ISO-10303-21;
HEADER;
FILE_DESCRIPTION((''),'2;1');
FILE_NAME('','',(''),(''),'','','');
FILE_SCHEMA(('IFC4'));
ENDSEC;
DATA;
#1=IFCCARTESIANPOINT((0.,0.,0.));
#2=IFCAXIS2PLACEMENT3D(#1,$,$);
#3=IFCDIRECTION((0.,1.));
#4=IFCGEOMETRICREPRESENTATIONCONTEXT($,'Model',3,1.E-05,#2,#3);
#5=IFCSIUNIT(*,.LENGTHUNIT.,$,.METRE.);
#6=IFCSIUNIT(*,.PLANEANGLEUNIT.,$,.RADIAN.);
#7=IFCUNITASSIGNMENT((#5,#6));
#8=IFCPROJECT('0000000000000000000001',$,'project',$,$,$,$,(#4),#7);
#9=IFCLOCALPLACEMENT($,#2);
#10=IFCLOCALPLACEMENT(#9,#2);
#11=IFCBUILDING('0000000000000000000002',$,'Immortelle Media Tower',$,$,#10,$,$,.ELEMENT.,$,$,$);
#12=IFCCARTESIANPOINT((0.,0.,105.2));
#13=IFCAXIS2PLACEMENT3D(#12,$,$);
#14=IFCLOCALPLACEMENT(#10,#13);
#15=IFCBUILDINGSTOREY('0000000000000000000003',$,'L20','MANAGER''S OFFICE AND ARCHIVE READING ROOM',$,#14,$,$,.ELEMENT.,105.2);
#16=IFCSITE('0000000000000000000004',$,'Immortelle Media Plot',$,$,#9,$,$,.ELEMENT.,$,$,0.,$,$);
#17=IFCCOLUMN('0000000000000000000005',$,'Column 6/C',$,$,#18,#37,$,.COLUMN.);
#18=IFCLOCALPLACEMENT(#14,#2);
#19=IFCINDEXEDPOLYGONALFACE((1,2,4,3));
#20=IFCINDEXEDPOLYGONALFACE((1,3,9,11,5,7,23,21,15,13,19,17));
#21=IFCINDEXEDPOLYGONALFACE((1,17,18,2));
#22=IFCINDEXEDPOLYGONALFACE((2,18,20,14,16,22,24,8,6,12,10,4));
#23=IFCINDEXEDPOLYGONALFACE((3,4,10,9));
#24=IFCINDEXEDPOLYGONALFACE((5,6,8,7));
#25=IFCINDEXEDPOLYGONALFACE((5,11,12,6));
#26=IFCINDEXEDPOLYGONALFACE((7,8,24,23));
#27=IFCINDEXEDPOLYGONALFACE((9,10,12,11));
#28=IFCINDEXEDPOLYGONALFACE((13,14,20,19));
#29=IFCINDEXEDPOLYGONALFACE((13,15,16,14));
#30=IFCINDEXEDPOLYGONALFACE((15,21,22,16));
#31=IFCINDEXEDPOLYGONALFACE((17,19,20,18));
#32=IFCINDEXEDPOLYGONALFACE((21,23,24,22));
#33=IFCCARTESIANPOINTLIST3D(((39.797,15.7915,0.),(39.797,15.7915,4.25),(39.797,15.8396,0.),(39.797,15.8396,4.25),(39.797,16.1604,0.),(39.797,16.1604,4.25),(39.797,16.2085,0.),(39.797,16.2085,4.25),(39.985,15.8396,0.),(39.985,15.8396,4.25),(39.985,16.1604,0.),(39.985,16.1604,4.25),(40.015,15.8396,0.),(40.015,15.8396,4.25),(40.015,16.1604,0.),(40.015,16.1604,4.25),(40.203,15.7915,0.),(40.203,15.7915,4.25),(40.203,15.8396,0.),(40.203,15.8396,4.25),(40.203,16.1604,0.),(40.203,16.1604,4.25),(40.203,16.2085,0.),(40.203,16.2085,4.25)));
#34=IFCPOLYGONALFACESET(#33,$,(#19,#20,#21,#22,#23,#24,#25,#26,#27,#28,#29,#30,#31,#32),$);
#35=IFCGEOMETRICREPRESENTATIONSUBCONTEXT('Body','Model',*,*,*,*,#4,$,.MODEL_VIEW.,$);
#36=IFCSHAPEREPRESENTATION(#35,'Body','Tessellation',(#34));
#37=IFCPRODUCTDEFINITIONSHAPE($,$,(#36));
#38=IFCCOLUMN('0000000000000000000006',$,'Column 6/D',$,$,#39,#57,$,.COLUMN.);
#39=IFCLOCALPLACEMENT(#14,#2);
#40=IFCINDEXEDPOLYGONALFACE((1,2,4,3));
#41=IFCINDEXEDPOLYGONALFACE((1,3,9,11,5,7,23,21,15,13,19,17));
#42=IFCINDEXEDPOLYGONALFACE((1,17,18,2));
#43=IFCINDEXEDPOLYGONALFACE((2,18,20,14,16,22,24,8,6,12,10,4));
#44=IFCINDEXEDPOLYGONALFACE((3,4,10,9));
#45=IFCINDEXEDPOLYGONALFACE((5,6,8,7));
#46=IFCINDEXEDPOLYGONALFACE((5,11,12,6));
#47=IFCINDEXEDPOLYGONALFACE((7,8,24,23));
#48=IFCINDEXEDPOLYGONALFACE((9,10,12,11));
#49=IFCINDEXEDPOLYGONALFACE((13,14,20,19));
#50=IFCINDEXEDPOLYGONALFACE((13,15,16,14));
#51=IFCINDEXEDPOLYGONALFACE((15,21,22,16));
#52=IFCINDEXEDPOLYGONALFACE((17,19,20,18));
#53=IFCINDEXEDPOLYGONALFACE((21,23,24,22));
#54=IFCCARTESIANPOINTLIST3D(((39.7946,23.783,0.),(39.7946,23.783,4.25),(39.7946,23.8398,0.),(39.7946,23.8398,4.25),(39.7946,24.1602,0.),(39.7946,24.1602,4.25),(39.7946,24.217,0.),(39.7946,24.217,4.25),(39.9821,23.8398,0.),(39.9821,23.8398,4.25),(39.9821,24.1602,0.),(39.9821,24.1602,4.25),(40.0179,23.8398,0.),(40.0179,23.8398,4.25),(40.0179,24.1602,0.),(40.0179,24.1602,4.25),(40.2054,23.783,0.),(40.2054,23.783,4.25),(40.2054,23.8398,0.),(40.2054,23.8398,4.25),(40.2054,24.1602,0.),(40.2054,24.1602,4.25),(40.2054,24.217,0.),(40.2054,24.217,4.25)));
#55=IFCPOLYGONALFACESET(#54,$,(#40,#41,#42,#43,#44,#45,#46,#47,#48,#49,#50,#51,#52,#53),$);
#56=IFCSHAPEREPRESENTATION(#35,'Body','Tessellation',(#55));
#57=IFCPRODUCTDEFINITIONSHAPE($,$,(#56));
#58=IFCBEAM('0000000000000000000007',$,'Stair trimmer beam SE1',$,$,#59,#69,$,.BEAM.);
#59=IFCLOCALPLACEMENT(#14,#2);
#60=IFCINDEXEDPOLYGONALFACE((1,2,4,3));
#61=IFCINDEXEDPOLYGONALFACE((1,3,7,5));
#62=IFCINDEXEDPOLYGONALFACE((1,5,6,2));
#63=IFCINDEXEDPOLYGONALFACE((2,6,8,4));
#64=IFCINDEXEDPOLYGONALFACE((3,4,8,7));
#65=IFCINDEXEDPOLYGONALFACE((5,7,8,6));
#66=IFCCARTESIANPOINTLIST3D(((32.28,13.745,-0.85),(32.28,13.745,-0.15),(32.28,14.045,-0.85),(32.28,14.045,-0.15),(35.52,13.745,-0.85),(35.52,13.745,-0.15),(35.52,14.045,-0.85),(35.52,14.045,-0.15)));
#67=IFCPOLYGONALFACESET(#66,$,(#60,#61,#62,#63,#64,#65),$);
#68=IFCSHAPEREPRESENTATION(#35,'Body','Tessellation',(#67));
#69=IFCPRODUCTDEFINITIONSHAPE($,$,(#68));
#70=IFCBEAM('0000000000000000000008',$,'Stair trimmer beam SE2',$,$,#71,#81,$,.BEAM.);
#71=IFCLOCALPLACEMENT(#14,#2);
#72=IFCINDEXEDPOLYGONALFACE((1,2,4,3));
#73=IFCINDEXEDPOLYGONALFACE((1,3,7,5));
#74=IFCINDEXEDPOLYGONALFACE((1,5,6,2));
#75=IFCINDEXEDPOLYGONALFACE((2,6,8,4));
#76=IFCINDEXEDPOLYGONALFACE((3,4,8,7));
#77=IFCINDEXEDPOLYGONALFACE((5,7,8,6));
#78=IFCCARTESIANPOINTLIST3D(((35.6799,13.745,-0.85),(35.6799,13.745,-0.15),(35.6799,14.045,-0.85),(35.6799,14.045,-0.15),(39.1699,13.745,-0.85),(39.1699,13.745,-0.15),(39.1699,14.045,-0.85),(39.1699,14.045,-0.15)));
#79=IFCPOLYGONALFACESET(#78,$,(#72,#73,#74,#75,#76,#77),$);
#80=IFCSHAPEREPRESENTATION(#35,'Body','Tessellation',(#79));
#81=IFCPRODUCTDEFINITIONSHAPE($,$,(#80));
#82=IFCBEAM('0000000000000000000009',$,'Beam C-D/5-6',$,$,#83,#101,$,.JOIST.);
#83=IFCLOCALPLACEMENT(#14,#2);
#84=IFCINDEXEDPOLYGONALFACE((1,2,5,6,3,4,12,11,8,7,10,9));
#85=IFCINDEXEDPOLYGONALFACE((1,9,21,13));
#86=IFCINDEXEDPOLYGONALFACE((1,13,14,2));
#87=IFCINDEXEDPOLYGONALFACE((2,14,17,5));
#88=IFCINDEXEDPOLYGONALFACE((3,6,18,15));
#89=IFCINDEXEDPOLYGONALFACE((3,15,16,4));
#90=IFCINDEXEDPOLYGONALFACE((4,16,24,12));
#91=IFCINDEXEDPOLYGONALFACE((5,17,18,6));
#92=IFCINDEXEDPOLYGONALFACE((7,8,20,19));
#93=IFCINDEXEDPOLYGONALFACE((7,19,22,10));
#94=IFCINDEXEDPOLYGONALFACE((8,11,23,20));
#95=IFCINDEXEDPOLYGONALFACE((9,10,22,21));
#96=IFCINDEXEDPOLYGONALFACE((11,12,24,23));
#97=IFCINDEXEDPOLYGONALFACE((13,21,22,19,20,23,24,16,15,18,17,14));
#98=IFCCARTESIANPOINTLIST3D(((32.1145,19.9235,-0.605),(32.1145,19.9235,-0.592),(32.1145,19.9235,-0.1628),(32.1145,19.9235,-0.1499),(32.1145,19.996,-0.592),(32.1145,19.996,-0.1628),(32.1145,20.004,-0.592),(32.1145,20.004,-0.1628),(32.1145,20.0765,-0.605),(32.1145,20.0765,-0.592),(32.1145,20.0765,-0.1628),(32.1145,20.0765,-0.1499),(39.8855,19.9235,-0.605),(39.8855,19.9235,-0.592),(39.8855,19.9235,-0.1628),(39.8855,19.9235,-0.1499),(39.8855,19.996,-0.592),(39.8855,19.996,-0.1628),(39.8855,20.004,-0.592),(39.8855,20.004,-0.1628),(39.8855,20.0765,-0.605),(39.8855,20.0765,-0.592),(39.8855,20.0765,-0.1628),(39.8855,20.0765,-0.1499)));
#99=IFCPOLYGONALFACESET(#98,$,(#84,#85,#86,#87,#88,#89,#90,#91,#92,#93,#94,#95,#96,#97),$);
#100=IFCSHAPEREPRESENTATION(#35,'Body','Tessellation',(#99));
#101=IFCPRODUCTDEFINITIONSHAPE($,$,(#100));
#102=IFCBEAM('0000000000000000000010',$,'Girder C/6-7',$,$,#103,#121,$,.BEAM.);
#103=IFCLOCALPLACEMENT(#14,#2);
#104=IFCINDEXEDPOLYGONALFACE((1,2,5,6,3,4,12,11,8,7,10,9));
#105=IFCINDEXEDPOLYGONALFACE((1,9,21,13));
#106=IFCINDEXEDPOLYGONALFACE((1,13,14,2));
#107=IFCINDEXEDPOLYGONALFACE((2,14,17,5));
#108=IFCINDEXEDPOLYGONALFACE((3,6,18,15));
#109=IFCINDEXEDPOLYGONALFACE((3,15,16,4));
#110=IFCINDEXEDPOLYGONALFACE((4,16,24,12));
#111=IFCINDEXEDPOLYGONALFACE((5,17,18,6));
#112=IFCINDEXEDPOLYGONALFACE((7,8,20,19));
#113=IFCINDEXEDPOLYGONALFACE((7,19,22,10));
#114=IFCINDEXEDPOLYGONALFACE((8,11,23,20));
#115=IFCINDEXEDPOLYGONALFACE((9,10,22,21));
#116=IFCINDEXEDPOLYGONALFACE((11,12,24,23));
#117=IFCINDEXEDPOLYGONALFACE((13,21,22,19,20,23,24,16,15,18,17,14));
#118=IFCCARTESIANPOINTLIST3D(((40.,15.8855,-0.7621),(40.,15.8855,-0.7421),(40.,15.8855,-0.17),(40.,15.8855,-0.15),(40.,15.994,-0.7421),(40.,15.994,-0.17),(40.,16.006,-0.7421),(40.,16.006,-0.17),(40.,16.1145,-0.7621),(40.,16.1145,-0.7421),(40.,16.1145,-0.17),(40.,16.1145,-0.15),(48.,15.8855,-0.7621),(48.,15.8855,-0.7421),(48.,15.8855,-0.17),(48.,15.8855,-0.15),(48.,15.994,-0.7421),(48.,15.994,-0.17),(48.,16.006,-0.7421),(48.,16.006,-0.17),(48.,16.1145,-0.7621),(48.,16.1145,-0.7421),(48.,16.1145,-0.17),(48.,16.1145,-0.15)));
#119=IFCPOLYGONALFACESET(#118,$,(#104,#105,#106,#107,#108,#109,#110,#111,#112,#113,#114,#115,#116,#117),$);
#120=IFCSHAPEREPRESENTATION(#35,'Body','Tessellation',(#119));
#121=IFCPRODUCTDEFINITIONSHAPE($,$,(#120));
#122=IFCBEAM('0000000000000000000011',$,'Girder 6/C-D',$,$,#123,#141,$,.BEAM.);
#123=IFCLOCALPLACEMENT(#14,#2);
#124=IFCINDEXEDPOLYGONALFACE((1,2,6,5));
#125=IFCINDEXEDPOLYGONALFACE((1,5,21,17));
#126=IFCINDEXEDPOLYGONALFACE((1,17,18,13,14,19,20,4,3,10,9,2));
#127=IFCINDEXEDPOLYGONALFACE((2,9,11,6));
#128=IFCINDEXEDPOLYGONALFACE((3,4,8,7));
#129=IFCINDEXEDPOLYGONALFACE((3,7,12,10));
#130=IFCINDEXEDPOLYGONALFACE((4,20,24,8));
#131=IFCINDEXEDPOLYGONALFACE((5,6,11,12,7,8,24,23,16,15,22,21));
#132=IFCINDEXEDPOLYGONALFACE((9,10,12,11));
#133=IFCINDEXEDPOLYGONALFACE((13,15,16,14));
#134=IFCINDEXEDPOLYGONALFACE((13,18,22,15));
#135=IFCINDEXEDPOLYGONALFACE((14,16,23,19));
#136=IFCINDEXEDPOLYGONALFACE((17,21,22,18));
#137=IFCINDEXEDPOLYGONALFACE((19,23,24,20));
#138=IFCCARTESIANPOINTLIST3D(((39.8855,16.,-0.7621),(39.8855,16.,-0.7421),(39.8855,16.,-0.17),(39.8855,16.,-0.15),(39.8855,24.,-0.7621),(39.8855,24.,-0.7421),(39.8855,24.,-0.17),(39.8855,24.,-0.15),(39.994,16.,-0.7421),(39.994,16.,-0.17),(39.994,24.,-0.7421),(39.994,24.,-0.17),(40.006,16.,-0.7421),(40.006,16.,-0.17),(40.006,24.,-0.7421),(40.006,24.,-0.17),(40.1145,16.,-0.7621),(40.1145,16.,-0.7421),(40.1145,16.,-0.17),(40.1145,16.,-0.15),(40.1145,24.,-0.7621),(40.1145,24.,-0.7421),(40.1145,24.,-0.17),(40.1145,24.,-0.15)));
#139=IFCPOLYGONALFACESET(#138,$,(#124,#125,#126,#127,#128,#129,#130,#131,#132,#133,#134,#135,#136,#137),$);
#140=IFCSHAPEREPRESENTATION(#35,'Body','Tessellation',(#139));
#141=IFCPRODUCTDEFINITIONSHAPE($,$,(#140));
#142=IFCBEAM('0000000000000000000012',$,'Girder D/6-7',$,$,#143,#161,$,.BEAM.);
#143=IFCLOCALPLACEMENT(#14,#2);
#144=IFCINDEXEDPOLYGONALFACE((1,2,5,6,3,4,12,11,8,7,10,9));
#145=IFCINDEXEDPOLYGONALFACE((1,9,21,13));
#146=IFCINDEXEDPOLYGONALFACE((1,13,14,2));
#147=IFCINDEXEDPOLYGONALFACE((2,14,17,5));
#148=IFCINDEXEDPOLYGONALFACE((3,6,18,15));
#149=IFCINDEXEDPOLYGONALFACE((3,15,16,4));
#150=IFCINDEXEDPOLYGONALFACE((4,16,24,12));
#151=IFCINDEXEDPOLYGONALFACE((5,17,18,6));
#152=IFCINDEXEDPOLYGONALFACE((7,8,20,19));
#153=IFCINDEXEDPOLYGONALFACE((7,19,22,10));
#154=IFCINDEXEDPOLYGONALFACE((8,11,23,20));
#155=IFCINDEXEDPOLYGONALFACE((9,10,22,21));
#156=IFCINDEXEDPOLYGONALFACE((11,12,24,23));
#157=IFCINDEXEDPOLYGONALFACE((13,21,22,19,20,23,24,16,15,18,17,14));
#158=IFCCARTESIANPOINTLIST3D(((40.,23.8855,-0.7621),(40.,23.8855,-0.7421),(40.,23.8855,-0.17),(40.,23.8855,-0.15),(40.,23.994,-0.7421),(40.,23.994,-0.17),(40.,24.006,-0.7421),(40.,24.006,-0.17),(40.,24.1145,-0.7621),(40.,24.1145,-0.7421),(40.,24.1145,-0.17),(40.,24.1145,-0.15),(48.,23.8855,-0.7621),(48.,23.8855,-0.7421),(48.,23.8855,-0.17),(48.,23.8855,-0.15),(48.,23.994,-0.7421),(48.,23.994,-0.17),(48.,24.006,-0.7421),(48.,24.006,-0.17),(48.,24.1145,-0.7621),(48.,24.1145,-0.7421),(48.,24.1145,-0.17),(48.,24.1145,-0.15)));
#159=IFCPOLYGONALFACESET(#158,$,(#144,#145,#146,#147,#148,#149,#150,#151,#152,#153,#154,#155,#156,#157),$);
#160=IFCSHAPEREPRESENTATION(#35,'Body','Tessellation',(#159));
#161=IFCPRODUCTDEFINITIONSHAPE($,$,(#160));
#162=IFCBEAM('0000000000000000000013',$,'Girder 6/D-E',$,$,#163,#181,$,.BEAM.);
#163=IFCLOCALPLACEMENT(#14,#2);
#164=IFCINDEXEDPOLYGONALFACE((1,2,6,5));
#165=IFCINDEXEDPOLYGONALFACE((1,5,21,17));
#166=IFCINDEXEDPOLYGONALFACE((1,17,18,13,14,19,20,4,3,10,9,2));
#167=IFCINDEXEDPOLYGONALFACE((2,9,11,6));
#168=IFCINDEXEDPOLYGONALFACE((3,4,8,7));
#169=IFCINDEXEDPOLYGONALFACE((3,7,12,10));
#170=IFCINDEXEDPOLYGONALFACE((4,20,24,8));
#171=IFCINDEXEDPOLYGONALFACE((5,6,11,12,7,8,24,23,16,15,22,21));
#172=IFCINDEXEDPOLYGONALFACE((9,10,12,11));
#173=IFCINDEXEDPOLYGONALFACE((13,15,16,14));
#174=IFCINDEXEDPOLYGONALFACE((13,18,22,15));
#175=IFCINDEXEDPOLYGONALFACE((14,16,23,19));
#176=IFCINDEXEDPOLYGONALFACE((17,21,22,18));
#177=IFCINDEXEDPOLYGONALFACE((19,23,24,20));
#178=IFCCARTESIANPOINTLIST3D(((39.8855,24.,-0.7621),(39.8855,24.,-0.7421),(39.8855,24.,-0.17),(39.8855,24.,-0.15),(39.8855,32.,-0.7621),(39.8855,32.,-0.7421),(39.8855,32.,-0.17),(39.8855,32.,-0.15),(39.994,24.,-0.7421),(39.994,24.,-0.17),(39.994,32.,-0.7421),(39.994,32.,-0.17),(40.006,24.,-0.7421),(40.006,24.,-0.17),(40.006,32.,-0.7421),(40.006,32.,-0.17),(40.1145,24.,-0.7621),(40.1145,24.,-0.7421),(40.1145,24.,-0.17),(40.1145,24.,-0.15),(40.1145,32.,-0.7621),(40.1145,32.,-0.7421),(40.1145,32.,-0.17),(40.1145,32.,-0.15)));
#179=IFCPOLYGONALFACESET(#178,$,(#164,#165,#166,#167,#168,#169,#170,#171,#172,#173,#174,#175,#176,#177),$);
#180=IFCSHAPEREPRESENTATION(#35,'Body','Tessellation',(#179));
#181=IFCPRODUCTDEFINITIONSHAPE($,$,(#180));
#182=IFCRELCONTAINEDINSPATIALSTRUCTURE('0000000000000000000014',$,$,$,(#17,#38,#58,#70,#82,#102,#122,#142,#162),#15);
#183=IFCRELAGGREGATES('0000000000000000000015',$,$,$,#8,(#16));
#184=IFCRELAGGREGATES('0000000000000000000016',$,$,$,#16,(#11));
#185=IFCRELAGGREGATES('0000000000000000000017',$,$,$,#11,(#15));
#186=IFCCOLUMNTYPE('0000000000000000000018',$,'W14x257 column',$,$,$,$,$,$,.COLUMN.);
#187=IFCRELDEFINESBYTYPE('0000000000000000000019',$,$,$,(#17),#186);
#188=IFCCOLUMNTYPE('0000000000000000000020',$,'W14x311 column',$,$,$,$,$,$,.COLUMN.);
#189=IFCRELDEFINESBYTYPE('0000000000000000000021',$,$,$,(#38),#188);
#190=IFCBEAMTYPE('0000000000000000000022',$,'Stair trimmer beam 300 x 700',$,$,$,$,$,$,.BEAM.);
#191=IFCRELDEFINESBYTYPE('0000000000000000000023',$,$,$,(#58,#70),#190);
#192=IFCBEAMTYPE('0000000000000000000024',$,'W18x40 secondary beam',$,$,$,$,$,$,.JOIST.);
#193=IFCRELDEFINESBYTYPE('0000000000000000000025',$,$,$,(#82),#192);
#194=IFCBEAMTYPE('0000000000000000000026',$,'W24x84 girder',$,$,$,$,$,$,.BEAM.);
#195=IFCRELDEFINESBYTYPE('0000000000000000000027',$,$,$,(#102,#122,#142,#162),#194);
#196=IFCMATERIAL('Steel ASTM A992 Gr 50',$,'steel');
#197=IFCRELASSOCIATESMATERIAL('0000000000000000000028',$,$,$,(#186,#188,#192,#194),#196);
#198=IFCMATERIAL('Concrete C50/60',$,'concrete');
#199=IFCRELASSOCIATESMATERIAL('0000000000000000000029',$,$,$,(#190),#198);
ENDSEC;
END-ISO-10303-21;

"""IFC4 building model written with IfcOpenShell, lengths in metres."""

from ifc_helpers import new_model, si_unit, direction, frame, origin, origin_2d, place, context, subcontext, project, spatial, rectangle, i_section, extrude, material, material_profile, profile_set, type_object, element, save


model = new_model("IFC4")

# Units and contexts
model_context = context("Model", 3, precision=1e-05, world=origin(), true_north=direction((0.0, 1.0)))
body_context = subcontext(model_context, "Body", "Model", "MODEL_VIEW")
ifc_project = project(units=[si_unit("LENGTHUNIT", "METRE"), si_unit("PLANEANGLEUNIT", "RADIAN")], contexts=[model_context])

# Site, building, storey
site_placement = place(None, origin())
site = spatial("IfcSite", under=ifc_project, at=site_placement, Name="Immortelle Media Plot", CompositionType="ELEMENT", RefElevation=0.0)
building_placement = place(site_placement, origin())
building = spatial("IfcBuilding", under=site, at=building_placement, Name="Immortelle Media Tower", CompositionType="ELEMENT")
storey_placement = place(building_placement, frame((0.0, 0.0, 105.2)))
storey = spatial("IfcBuildingStorey", under=building, at=storey_placement, Name="L20", Description="MANAGER'S OFFICE AND ARCHIVE READING ROOM", CompositionType="ELEMENT", Elevation=105.2)

# Columns
ifc_material_1 = material(Name="Steel ASTM A992 Gr 50", Category="steel")
ifc_material_profile_1 = material_profile(ifc_material_1, i_section(OverallWidth=0.406, OverallDepth=0.417, WebThickness=0.03, FlangeThickness=0.0481, at=origin_2d()), Name="W14x257")
ifc_profile_set_1 = profile_set([ifc_material_profile_1], Name="Steel ASTM A992 Gr 50")
column_type_1 = type_object("IfcColumnType", Name="W14x257 column", PredefinedType="COLUMN", material=ifc_profile_set_1)
column_1_placement = place(storey_placement, frame((40.0, 16.0, 0.0), z_axis=(0.0, 0.0, 1.0), x_axis=(1.0, 0.0, 0.0)))
element("IfcColumn", 1, at=column_1_placement, inside=storey, type_object=column_type_1, Name="Column 6/C", PredefinedType="COLUMN", context=body_context, shape_type="SweptSolid", body=[
    extrude(i_section(OverallWidth=0.406, OverallDepth=0.417, WebThickness=0.03, FlangeThickness=0.0481, at=origin_2d()), origin(), (0.0, 0.0, 1.0), 4.25),
])
ifc_material_profile_2 = material_profile(ifc_material_1, i_section(OverallWidth=0.4109, OverallDepth=0.4341, WebThickness=0.0359, FlangeThickness=0.0569, at=origin_2d()), Name="W14x311")
ifc_profile_set_2 = profile_set([ifc_material_profile_2], Name="Steel ASTM A992 Gr 50")
column_type_2 = type_object("IfcColumnType", Name="W14x311 column", PredefinedType="COLUMN", material=ifc_profile_set_2)
column_2_placement = place(storey_placement, frame((40.0, 24.0, 0.0), z_axis=(0.0, 0.0, 1.0), x_axis=(1.0, 0.0, 0.0)))
element("IfcColumn", 2, at=column_2_placement, inside=storey, type_object=column_type_2, Name="Column 6/D", PredefinedType="COLUMN", context=body_context, shape_type="SweptSolid", body=[
    extrude(i_section(OverallWidth=0.4109, OverallDepth=0.4341, WebThickness=0.0359, FlangeThickness=0.0569, at=origin_2d()), origin(), (0.0, 0.0, 1.0), 4.25),
])

# Beams
ifc_material_2 = material(Name="Concrete C50/60", Category="concrete")
ifc_material_profile_3 = material_profile(ifc_material_2, rectangle(XDim=0.3, YDim=0.7, at=origin_2d()), Name="RC 300x700")
ifc_profile_set_3 = profile_set([ifc_material_profile_3], Name="Concrete C50/60")
beam_type_1 = type_object("IfcBeamType", Name="Stair trimmer beam 300 x 700", PredefinedType="BEAM", material=ifc_profile_set_3)
beam_1_placement = place(storey_placement, frame((32.28, 13.895, -0.5), z_axis=(1.0, 0.0, 0.0), x_axis=(0.0, 1.0, 0.0)))
element("IfcBeam", 3, at=beam_1_placement, inside=storey, type_object=beam_type_1, Name="Stair trimmer beam SE1", PredefinedType="BEAM", context=body_context, shape_type="SweptSolid", body=[
    extrude(rectangle(XDim=0.3, YDim=0.7, at=origin_2d()), origin(), (0.0, 0.0, 1.0), 3.24),
])
beam_2_placement = place(storey_placement, frame((35.6799, 13.895, -0.5), z_axis=(1.0, 0.0, 0.0), x_axis=(0.0, 1.0, 0.0)))
element("IfcBeam", 4, at=beam_2_placement, inside=storey, type_object=beam_type_1, Name="Stair trimmer beam SE2", PredefinedType="BEAM", context=body_context, shape_type="SweptSolid", body=[
    extrude(rectangle(XDim=0.3, YDim=0.7, at=origin_2d()), origin(), (0.0, 0.0, 1.0), 3.49),
])
ifc_material_profile_4 = material_profile(ifc_material_1, i_section(OverallWidth=0.1531, OverallDepth=0.4551, WebThickness=0.0081, FlangeThickness=0.0129, at=origin_2d()), Name="W18x40")
ifc_profile_set_4 = profile_set([ifc_material_profile_4], Name="Steel ASTM A992 Gr 50")
beam_type_2 = type_object("IfcBeamType", Name="W18x40 secondary beam", PredefinedType="JOIST", material=ifc_profile_set_4)
beam_3_placement = place(storey_placement, frame((32.1145, 20.0, -0.3774), z_axis=(1.0, 0.0, 0.0), x_axis=(0.0, 1.0, 0.0)))
element("IfcBeam", 5, at=beam_3_placement, inside=storey, type_object=beam_type_2, Name="Beam C-D/5-6", PredefinedType="JOIST", context=body_context, shape_type="SweptSolid", body=[
    extrude(i_section(OverallWidth=0.1531, OverallDepth=0.4551, WebThickness=0.0081, FlangeThickness=0.0129, at=origin_2d()), origin(), (0.0, 0.0, 1.0), 7.771),
])
ifc_material_profile_5 = material_profile(ifc_material_1, i_section(OverallWidth=0.229, OverallDepth=0.6121, WebThickness=0.012, FlangeThickness=0.02, at=origin_2d()), Name="W24x84")
ifc_profile_set_5 = profile_set([ifc_material_profile_5], Name="Steel ASTM A992 Gr 50")
beam_type_3 = type_object("IfcBeamType", Name="W24x84 girder", PredefinedType="BEAM", material=ifc_profile_set_5)
for number, where, z_axis, x_axis, name in (
    (6, (40.0, 16.0, -0.4561), (1.0, 0.0, 0.0), (0.0, 1.0, 0.0), "Girder C/6-7"),
    (7, (40.0, 16.0, -0.4561), (0.0, 1.0, 0.0), (-1.0, 0.0, 0.0), "Girder 6/C-D"),
    (8, (40.0, 24.0, -0.4561), (1.0, 0.0, 0.0), (0.0, 1.0, 0.0), "Girder D/6-7"),
    (9, (40.0, 24.0, -0.4561), (0.0, 1.0, 0.0), (-1.0, 0.0, 0.0), "Girder 6/D-E"),
):
    element("IfcBeam", number, at=place(storey_placement, frame(where, z_axis=z_axis, x_axis=x_axis)), inside=storey, type_object=beam_type_3, Name=name, PredefinedType="BEAM", context=body_context, shape_type="SweptSolid", body=[
        extrude(i_section(OverallWidth=0.229, OverallDepth=0.6121, WebThickness=0.012, FlangeThickness=0.02, at=origin_2d()), origin(), (0.0, 0.0, 1.0), 8.0),
    ])

save(model, "model.ifc")
